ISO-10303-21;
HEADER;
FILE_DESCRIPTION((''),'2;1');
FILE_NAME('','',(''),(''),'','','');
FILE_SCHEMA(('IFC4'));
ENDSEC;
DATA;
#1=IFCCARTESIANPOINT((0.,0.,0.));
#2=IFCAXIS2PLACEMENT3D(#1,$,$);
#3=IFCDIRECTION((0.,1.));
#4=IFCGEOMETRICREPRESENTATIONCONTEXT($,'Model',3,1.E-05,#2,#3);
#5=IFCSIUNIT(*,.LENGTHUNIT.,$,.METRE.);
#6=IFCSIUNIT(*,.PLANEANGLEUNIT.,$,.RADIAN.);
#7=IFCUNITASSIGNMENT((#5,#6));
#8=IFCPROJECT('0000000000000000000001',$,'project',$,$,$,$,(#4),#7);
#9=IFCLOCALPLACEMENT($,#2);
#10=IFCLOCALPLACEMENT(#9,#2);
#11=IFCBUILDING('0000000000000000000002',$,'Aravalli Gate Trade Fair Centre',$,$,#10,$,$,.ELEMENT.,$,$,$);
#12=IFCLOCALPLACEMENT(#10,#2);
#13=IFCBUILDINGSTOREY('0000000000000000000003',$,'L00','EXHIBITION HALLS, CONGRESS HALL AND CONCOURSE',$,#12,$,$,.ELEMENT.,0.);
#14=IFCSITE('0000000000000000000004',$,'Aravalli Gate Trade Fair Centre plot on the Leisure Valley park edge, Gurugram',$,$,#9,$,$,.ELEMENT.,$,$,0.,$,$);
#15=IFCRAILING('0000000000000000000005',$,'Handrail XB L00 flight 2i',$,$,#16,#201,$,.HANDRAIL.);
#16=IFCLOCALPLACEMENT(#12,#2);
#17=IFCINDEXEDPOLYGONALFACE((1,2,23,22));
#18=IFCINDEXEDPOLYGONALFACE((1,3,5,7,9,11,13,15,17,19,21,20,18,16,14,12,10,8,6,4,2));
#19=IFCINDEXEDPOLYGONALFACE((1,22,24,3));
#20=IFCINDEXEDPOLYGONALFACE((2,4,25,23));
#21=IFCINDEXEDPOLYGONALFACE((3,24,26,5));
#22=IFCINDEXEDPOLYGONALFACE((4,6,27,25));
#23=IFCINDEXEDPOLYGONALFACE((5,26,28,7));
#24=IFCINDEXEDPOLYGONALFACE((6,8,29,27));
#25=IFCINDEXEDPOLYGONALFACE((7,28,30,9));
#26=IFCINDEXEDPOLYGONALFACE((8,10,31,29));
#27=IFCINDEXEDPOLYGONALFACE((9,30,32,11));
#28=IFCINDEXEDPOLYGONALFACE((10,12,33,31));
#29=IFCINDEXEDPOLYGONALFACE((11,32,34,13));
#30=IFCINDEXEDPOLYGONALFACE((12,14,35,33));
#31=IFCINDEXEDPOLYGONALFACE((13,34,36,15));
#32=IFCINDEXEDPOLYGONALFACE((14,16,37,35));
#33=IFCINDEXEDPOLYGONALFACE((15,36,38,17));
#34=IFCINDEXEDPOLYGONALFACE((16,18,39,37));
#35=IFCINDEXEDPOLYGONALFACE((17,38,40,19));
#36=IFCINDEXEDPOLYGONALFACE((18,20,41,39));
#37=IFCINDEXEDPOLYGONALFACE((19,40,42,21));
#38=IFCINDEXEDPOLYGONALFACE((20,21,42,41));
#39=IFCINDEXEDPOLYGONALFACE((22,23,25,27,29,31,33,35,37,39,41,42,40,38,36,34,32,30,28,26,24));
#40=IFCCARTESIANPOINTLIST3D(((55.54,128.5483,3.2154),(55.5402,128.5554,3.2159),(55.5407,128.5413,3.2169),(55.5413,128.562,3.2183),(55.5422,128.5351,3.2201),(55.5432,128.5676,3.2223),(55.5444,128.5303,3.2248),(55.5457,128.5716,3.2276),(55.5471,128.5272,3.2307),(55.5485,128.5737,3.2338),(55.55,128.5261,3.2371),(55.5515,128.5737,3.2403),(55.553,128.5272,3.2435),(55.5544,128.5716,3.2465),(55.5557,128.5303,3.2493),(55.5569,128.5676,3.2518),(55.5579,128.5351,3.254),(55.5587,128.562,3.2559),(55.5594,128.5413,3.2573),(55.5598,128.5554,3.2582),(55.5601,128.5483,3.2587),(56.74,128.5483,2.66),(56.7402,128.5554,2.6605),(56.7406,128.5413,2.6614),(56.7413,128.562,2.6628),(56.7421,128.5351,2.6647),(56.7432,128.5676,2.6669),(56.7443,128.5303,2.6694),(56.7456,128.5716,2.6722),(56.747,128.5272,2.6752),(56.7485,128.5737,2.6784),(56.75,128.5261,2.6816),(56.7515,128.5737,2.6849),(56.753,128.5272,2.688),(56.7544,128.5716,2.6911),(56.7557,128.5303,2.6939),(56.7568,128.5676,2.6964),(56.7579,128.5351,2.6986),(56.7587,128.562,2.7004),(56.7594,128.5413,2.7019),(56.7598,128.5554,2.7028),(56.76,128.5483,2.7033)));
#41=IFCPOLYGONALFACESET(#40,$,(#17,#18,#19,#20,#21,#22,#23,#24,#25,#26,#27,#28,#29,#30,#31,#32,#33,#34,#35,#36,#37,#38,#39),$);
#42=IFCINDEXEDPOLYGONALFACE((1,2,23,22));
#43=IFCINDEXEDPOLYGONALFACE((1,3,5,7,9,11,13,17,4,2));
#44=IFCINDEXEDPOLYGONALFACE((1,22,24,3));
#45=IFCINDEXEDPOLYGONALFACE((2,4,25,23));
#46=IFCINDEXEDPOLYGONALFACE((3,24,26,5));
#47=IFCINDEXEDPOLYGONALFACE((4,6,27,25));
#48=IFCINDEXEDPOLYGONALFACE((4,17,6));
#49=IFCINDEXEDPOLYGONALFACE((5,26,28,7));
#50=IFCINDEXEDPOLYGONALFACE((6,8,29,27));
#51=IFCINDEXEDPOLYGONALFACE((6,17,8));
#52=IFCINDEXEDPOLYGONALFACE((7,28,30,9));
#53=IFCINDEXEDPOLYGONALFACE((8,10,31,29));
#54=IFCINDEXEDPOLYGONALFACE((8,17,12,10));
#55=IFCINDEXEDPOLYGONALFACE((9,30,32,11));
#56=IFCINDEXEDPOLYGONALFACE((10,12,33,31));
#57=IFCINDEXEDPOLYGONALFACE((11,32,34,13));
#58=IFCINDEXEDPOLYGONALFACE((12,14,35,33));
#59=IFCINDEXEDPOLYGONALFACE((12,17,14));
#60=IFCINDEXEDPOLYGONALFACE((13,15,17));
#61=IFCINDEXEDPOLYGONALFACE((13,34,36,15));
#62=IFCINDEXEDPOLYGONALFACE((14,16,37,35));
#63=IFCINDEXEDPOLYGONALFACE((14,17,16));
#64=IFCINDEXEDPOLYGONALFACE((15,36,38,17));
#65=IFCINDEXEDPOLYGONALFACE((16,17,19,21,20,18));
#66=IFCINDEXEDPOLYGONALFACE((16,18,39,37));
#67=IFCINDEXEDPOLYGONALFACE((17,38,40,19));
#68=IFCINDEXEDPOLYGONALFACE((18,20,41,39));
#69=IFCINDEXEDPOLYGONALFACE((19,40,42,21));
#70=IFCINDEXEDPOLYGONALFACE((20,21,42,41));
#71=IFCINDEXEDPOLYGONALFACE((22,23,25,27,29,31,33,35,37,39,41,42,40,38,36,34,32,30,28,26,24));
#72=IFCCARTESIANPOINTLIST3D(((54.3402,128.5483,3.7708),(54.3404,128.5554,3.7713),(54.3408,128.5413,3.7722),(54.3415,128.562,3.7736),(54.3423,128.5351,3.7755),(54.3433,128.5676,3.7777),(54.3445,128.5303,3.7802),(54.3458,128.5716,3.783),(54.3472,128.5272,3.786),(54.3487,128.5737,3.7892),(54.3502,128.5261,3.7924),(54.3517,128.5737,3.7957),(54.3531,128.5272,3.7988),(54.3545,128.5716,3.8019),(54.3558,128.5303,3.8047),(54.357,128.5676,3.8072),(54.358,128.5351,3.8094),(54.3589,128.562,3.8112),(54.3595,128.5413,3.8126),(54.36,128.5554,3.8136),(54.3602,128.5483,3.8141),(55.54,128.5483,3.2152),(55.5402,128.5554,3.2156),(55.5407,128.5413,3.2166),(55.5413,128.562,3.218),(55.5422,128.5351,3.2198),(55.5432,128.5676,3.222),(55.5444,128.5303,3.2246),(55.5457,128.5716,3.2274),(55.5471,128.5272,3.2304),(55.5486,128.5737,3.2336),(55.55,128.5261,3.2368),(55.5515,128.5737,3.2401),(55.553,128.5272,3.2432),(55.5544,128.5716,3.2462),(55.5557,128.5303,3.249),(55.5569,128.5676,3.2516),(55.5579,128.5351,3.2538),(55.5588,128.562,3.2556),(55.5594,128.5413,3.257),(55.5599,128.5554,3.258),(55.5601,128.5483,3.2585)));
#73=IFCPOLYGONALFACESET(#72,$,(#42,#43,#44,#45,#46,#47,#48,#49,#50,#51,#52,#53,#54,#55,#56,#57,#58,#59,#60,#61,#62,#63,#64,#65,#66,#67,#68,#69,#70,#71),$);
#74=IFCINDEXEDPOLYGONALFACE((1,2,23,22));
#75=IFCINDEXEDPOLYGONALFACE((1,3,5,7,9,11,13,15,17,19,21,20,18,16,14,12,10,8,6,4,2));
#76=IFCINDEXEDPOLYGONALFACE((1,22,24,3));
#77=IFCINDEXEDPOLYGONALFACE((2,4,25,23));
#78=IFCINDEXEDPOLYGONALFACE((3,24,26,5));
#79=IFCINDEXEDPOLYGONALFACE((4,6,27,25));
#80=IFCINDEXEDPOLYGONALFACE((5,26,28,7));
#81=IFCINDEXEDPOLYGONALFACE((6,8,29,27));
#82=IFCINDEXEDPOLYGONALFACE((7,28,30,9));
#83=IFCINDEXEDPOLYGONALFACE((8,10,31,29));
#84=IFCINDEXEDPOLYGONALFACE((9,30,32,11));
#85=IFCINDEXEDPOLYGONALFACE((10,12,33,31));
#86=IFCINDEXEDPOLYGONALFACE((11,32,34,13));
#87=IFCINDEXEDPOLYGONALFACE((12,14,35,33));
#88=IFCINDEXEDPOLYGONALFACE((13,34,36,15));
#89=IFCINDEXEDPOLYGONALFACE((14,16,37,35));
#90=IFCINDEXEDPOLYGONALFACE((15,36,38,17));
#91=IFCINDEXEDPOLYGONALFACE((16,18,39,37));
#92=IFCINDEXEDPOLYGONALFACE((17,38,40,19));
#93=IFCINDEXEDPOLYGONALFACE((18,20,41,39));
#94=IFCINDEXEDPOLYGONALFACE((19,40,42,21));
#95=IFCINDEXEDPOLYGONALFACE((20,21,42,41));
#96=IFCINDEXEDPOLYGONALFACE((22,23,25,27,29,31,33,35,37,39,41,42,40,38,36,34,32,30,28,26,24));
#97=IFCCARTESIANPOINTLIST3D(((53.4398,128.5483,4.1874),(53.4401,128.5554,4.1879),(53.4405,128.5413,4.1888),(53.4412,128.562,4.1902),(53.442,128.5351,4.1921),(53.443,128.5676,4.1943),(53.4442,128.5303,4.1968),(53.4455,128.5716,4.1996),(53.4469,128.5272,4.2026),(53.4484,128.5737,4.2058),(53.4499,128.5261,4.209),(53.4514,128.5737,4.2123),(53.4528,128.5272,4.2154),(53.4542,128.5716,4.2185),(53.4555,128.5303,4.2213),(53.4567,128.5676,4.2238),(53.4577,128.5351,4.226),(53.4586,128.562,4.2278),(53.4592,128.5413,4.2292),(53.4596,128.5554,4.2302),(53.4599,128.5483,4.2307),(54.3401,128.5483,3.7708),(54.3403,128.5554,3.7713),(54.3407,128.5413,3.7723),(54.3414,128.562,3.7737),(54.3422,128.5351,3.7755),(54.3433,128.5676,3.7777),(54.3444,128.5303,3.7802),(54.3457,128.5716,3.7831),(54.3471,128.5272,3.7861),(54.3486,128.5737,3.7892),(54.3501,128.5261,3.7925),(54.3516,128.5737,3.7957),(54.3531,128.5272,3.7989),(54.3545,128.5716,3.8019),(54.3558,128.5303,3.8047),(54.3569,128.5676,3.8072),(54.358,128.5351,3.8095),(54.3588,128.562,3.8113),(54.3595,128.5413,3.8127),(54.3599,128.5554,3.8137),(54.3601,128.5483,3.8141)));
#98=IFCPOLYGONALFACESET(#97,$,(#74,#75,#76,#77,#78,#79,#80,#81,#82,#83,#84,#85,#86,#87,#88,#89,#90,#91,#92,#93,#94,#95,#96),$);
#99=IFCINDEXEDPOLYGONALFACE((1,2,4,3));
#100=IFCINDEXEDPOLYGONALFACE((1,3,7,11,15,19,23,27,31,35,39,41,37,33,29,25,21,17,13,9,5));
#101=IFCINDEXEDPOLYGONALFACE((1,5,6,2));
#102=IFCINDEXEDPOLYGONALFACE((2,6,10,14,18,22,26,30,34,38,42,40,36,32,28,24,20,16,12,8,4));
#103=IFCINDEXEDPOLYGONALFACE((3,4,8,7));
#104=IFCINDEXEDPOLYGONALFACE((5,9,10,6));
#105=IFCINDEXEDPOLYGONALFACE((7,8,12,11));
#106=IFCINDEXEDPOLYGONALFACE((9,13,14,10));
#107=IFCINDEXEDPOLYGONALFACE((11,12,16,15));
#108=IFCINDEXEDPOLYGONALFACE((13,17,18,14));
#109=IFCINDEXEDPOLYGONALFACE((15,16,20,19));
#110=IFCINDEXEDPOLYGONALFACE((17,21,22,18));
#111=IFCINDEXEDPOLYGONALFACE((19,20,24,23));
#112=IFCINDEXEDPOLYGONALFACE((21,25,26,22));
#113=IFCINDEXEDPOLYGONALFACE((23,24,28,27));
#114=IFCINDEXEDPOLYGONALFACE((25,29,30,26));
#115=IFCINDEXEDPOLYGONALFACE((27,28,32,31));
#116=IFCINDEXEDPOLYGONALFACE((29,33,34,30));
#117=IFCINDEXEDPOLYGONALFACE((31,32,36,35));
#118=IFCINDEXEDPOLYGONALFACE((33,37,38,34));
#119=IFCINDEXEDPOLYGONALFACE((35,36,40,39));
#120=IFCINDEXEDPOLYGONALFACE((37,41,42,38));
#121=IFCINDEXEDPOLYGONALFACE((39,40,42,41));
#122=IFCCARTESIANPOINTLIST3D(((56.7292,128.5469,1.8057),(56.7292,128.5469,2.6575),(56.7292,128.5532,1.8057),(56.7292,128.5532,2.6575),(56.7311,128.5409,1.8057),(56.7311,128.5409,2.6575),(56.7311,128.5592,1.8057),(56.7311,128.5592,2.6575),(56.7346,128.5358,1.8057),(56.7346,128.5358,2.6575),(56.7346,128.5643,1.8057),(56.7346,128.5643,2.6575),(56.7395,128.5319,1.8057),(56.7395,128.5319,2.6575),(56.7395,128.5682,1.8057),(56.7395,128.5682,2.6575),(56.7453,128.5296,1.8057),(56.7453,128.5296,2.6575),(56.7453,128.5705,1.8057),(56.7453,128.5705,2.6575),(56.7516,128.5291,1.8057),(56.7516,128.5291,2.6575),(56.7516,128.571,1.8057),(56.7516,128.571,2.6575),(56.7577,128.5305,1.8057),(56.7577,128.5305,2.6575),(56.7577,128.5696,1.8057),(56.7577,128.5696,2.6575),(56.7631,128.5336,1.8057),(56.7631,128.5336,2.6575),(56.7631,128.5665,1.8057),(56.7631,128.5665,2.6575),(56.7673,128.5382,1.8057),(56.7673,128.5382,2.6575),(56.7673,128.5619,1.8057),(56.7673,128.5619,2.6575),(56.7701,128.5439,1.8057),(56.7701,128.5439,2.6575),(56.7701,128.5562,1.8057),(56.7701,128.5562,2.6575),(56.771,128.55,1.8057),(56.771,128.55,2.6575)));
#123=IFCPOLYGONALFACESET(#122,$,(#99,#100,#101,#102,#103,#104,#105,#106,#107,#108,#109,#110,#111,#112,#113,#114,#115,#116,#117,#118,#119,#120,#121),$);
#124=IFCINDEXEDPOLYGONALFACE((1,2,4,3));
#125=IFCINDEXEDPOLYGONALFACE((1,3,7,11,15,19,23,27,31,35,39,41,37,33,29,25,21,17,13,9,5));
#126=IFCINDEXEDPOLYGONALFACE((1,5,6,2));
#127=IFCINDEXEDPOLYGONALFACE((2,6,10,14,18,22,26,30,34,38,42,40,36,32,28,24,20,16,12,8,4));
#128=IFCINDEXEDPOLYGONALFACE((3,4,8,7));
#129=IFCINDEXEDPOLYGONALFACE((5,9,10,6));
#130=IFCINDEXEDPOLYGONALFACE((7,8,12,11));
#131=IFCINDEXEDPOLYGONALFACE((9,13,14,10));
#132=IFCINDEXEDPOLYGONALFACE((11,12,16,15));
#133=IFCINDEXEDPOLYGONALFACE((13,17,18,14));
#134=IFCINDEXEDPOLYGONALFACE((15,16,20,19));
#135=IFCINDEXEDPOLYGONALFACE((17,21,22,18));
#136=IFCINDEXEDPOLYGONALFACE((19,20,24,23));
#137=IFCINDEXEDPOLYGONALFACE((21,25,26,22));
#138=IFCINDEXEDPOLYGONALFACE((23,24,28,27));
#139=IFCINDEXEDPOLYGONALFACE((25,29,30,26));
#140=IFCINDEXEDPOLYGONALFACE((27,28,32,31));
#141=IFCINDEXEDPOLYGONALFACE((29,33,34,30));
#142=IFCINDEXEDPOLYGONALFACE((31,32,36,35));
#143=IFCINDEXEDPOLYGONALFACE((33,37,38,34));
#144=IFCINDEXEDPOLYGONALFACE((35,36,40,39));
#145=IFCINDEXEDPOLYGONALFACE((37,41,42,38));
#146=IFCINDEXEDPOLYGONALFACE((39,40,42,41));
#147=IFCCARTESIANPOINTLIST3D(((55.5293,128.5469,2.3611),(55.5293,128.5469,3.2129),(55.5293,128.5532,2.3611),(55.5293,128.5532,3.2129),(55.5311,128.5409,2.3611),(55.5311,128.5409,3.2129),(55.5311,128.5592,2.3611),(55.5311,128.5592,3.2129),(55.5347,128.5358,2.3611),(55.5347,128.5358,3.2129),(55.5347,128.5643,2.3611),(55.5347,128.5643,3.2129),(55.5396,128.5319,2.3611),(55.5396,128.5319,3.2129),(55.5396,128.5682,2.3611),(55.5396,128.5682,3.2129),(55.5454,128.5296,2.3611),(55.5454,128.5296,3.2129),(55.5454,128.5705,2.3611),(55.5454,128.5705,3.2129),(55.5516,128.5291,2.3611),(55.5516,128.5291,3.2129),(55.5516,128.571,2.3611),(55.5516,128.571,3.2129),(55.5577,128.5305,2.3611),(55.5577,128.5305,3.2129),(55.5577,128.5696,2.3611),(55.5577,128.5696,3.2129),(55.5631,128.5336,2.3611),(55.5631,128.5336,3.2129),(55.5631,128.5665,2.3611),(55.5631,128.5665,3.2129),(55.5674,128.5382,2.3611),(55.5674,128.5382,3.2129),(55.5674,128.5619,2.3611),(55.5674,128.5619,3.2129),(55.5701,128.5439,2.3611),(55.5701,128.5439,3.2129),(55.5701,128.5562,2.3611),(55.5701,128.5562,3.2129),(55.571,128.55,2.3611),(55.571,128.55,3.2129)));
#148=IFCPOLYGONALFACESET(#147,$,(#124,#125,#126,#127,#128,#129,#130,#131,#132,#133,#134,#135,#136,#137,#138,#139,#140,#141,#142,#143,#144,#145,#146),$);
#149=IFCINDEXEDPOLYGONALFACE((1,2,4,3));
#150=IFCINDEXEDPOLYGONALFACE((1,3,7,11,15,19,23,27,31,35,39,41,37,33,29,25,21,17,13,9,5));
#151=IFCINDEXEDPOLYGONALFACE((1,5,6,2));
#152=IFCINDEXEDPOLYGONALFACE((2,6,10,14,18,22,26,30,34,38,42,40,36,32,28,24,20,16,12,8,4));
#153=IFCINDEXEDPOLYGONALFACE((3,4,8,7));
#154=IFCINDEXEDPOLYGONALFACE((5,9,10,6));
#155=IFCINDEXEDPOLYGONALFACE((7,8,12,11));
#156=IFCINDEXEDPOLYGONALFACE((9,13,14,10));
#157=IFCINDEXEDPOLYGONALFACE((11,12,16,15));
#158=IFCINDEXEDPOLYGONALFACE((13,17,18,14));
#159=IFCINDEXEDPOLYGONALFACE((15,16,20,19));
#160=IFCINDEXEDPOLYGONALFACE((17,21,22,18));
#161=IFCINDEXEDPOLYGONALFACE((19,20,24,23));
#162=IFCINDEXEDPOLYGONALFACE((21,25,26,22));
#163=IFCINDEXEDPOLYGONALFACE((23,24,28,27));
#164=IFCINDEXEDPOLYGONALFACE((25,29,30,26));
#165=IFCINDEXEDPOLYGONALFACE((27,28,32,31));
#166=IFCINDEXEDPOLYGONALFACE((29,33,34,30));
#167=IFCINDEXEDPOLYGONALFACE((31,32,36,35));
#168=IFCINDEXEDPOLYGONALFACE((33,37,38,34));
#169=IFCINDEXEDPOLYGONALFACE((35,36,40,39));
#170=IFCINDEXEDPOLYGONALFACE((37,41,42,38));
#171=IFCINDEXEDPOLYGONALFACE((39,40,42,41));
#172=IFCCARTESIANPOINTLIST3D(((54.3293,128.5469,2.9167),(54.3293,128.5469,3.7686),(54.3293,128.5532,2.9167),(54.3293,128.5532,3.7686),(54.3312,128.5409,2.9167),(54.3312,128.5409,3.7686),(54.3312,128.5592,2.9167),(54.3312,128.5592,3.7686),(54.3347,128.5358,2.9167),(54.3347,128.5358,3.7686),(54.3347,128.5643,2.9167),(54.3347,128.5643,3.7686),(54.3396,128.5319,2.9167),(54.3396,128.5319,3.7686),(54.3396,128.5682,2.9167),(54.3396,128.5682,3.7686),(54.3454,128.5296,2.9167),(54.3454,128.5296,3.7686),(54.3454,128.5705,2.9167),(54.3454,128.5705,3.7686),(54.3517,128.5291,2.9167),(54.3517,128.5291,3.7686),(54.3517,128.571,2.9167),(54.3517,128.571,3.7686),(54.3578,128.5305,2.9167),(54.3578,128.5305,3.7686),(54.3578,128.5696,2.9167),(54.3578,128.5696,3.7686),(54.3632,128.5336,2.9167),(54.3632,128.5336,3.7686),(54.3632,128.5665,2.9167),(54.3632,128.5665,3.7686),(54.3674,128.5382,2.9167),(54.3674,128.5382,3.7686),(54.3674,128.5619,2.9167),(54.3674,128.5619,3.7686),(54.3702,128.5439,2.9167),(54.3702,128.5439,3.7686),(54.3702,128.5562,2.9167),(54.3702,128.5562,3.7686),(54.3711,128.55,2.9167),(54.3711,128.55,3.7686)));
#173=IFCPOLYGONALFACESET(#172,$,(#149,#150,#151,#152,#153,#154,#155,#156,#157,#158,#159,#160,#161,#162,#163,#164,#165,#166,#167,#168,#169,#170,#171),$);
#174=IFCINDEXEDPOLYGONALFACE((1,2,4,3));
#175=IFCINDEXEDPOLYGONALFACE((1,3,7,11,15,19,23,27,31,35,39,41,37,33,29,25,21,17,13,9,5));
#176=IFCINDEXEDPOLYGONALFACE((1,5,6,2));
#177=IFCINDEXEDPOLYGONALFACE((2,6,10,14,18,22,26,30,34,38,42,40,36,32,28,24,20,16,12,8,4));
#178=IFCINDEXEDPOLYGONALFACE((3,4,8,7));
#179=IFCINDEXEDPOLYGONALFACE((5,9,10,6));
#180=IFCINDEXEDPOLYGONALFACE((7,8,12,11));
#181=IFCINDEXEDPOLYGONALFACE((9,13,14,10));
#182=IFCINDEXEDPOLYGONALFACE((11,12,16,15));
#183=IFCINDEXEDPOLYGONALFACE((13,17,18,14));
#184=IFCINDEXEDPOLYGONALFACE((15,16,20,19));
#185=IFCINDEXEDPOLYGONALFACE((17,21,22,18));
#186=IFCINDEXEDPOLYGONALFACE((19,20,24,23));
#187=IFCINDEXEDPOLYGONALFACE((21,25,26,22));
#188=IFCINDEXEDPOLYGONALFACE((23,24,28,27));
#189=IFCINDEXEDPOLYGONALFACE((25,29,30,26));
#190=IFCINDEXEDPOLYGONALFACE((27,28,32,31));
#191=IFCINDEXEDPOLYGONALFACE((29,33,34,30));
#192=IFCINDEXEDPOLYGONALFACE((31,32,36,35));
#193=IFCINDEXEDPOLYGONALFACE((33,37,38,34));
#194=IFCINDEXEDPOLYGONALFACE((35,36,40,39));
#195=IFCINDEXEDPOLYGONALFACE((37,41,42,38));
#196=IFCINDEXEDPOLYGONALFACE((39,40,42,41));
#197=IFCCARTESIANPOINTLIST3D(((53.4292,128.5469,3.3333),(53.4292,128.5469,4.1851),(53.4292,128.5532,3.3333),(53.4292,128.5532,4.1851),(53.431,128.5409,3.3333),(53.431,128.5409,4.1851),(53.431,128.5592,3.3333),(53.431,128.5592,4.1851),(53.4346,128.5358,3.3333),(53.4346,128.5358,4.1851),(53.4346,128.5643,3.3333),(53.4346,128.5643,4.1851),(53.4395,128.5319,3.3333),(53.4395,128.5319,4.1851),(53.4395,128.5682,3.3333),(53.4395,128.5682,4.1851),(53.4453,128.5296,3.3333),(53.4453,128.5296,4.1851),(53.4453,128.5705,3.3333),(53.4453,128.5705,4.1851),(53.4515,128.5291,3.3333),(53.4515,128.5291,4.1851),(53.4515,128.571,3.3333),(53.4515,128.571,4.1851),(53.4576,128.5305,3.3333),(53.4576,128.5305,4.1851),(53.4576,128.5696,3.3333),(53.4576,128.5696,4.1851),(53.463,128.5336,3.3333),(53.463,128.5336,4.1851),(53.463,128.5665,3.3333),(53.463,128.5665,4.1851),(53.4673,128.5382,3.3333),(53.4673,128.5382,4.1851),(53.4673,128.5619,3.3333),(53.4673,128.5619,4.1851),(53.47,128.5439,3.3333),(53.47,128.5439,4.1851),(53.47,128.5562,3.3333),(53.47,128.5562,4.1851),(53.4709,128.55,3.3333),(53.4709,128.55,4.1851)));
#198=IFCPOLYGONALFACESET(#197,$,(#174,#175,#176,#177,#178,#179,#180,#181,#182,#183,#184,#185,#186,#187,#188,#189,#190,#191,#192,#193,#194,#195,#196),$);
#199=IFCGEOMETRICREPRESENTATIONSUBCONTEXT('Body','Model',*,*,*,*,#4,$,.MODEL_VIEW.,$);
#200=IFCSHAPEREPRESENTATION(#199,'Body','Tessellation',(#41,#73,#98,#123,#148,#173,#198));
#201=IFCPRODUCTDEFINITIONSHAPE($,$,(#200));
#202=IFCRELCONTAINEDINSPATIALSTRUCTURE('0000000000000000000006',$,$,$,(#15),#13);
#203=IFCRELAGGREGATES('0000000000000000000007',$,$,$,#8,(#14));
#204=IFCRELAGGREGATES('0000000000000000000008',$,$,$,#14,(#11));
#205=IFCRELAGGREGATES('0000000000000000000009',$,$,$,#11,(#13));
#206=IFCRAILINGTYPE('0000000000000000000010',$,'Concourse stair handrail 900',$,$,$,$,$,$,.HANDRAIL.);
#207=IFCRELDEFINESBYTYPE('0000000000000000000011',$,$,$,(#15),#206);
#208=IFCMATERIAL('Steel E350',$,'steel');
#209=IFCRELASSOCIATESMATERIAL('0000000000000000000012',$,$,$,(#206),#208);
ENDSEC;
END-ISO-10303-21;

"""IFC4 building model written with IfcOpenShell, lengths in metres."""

from ifc_helpers import new_model, si_unit, direction, frame, origin, origin_2d, place, context, subcontext, project, spatial, circle, extrude, material, type_object, element, save


model = new_model("IFC4")

# Units and contexts
model_context = context("Model", 3, precision=1e-05, world=origin(), true_north=direction((0.0, 1.0)))
body_context = subcontext(model_context, "Body", "Model", "MODEL_VIEW")
ifc_project = project(units=[si_unit("LENGTHUNIT", "METRE"), si_unit("PLANEANGLEUNIT", "RADIAN")], contexts=[model_context])

# Site, building, storey
site_placement = place(None, origin())
site = spatial("IfcSite", under=ifc_project, at=site_placement, Name="Aravalli Gate Trade Fair Centre plot on the Leisure Valley park edge, Gurugram", CompositionType="ELEMENT", RefElevation=0.0)
building_placement = place(site_placement, origin())
building = spatial("IfcBuilding", under=site, at=building_placement, Name="Aravalli Gate Trade Fair Centre", CompositionType="ELEMENT")
storey_placement = place(building_placement, origin())
storey = spatial("IfcBuildingStorey", under=building, at=storey_placement, Name="L00", Description="EXHIBITION HALLS, CONGRESS HALL AND CONCOURSE", CompositionType="ELEMENT", Elevation=0.0)

# Shared definitions
ifc_material_1 = material(Name="Steel E350", Category="steel")

# Railing
railing_type = type_object("IfcRailingType", Name="Concourse stair handrail 900", PredefinedType="HANDRAIL", material=ifc_material_1)
for number, where, name in (
    (1, (56.75, 128.55, 1.8057), "Handrail XB L00 flight 2i"),
):
    element("IfcRailing", number, at=place(storey_placement, frame(where)), inside=storey, type_object=railing_type, Name=name, PredefinedType="HANDRAIL", context=body_context, shape_type="SweptSolid", body=[
        extrude(circle(Radius=0.0239, at=origin_2d()), frame((0.0, 0.0, 0.876), z_axis=(-0.907499, 0.0, 0.420053), x_axis=(0.0, -1.0, 0.0)), (0.0, 0.0, 1.0), 1.3223),
        extrude(circle(Radius=0.0239, at=origin_2d()), frame((-1.2, 0.0, 1.4312), z_axis=(-0.907429, 0.0, 0.420205), x_axis=(0.0, -1.0, 0.0)), (0.0, 0.0, 1.0), 1.3223),
        extrude(circle(Radius=0.0239, at=origin_2d()), frame((-2.3999, 0.0, 1.9868), z_axis=(-0.907556, 0.0, 0.419932), x_axis=(0.0, -1.0, 0.0)), (0.0, 0.0, 1.0), 0.9919),
        extrude(circle(Radius=0.021, at=origin_2d()), origin(), (0.0, 0.0, 1.0), 0.8518),
        extrude(circle(Radius=0.021, at=origin_2d()), frame((-1.2, 0.0, 0.5554)), (0.0, 0.0, 1.0), 0.8518),
        extrude(circle(Radius=0.021, at=origin_2d()), frame((-2.3999, 0.0, 1.1111)), (0.0, 0.0, 1.0), 0.8518),
        extrude(circle(Radius=0.021, at=origin_2d()), frame((-3.3, 0.0, 1.5276)), (0.0, 0.0, 1.0), 0.8518),
    ])

save(model, "model.ifc")
